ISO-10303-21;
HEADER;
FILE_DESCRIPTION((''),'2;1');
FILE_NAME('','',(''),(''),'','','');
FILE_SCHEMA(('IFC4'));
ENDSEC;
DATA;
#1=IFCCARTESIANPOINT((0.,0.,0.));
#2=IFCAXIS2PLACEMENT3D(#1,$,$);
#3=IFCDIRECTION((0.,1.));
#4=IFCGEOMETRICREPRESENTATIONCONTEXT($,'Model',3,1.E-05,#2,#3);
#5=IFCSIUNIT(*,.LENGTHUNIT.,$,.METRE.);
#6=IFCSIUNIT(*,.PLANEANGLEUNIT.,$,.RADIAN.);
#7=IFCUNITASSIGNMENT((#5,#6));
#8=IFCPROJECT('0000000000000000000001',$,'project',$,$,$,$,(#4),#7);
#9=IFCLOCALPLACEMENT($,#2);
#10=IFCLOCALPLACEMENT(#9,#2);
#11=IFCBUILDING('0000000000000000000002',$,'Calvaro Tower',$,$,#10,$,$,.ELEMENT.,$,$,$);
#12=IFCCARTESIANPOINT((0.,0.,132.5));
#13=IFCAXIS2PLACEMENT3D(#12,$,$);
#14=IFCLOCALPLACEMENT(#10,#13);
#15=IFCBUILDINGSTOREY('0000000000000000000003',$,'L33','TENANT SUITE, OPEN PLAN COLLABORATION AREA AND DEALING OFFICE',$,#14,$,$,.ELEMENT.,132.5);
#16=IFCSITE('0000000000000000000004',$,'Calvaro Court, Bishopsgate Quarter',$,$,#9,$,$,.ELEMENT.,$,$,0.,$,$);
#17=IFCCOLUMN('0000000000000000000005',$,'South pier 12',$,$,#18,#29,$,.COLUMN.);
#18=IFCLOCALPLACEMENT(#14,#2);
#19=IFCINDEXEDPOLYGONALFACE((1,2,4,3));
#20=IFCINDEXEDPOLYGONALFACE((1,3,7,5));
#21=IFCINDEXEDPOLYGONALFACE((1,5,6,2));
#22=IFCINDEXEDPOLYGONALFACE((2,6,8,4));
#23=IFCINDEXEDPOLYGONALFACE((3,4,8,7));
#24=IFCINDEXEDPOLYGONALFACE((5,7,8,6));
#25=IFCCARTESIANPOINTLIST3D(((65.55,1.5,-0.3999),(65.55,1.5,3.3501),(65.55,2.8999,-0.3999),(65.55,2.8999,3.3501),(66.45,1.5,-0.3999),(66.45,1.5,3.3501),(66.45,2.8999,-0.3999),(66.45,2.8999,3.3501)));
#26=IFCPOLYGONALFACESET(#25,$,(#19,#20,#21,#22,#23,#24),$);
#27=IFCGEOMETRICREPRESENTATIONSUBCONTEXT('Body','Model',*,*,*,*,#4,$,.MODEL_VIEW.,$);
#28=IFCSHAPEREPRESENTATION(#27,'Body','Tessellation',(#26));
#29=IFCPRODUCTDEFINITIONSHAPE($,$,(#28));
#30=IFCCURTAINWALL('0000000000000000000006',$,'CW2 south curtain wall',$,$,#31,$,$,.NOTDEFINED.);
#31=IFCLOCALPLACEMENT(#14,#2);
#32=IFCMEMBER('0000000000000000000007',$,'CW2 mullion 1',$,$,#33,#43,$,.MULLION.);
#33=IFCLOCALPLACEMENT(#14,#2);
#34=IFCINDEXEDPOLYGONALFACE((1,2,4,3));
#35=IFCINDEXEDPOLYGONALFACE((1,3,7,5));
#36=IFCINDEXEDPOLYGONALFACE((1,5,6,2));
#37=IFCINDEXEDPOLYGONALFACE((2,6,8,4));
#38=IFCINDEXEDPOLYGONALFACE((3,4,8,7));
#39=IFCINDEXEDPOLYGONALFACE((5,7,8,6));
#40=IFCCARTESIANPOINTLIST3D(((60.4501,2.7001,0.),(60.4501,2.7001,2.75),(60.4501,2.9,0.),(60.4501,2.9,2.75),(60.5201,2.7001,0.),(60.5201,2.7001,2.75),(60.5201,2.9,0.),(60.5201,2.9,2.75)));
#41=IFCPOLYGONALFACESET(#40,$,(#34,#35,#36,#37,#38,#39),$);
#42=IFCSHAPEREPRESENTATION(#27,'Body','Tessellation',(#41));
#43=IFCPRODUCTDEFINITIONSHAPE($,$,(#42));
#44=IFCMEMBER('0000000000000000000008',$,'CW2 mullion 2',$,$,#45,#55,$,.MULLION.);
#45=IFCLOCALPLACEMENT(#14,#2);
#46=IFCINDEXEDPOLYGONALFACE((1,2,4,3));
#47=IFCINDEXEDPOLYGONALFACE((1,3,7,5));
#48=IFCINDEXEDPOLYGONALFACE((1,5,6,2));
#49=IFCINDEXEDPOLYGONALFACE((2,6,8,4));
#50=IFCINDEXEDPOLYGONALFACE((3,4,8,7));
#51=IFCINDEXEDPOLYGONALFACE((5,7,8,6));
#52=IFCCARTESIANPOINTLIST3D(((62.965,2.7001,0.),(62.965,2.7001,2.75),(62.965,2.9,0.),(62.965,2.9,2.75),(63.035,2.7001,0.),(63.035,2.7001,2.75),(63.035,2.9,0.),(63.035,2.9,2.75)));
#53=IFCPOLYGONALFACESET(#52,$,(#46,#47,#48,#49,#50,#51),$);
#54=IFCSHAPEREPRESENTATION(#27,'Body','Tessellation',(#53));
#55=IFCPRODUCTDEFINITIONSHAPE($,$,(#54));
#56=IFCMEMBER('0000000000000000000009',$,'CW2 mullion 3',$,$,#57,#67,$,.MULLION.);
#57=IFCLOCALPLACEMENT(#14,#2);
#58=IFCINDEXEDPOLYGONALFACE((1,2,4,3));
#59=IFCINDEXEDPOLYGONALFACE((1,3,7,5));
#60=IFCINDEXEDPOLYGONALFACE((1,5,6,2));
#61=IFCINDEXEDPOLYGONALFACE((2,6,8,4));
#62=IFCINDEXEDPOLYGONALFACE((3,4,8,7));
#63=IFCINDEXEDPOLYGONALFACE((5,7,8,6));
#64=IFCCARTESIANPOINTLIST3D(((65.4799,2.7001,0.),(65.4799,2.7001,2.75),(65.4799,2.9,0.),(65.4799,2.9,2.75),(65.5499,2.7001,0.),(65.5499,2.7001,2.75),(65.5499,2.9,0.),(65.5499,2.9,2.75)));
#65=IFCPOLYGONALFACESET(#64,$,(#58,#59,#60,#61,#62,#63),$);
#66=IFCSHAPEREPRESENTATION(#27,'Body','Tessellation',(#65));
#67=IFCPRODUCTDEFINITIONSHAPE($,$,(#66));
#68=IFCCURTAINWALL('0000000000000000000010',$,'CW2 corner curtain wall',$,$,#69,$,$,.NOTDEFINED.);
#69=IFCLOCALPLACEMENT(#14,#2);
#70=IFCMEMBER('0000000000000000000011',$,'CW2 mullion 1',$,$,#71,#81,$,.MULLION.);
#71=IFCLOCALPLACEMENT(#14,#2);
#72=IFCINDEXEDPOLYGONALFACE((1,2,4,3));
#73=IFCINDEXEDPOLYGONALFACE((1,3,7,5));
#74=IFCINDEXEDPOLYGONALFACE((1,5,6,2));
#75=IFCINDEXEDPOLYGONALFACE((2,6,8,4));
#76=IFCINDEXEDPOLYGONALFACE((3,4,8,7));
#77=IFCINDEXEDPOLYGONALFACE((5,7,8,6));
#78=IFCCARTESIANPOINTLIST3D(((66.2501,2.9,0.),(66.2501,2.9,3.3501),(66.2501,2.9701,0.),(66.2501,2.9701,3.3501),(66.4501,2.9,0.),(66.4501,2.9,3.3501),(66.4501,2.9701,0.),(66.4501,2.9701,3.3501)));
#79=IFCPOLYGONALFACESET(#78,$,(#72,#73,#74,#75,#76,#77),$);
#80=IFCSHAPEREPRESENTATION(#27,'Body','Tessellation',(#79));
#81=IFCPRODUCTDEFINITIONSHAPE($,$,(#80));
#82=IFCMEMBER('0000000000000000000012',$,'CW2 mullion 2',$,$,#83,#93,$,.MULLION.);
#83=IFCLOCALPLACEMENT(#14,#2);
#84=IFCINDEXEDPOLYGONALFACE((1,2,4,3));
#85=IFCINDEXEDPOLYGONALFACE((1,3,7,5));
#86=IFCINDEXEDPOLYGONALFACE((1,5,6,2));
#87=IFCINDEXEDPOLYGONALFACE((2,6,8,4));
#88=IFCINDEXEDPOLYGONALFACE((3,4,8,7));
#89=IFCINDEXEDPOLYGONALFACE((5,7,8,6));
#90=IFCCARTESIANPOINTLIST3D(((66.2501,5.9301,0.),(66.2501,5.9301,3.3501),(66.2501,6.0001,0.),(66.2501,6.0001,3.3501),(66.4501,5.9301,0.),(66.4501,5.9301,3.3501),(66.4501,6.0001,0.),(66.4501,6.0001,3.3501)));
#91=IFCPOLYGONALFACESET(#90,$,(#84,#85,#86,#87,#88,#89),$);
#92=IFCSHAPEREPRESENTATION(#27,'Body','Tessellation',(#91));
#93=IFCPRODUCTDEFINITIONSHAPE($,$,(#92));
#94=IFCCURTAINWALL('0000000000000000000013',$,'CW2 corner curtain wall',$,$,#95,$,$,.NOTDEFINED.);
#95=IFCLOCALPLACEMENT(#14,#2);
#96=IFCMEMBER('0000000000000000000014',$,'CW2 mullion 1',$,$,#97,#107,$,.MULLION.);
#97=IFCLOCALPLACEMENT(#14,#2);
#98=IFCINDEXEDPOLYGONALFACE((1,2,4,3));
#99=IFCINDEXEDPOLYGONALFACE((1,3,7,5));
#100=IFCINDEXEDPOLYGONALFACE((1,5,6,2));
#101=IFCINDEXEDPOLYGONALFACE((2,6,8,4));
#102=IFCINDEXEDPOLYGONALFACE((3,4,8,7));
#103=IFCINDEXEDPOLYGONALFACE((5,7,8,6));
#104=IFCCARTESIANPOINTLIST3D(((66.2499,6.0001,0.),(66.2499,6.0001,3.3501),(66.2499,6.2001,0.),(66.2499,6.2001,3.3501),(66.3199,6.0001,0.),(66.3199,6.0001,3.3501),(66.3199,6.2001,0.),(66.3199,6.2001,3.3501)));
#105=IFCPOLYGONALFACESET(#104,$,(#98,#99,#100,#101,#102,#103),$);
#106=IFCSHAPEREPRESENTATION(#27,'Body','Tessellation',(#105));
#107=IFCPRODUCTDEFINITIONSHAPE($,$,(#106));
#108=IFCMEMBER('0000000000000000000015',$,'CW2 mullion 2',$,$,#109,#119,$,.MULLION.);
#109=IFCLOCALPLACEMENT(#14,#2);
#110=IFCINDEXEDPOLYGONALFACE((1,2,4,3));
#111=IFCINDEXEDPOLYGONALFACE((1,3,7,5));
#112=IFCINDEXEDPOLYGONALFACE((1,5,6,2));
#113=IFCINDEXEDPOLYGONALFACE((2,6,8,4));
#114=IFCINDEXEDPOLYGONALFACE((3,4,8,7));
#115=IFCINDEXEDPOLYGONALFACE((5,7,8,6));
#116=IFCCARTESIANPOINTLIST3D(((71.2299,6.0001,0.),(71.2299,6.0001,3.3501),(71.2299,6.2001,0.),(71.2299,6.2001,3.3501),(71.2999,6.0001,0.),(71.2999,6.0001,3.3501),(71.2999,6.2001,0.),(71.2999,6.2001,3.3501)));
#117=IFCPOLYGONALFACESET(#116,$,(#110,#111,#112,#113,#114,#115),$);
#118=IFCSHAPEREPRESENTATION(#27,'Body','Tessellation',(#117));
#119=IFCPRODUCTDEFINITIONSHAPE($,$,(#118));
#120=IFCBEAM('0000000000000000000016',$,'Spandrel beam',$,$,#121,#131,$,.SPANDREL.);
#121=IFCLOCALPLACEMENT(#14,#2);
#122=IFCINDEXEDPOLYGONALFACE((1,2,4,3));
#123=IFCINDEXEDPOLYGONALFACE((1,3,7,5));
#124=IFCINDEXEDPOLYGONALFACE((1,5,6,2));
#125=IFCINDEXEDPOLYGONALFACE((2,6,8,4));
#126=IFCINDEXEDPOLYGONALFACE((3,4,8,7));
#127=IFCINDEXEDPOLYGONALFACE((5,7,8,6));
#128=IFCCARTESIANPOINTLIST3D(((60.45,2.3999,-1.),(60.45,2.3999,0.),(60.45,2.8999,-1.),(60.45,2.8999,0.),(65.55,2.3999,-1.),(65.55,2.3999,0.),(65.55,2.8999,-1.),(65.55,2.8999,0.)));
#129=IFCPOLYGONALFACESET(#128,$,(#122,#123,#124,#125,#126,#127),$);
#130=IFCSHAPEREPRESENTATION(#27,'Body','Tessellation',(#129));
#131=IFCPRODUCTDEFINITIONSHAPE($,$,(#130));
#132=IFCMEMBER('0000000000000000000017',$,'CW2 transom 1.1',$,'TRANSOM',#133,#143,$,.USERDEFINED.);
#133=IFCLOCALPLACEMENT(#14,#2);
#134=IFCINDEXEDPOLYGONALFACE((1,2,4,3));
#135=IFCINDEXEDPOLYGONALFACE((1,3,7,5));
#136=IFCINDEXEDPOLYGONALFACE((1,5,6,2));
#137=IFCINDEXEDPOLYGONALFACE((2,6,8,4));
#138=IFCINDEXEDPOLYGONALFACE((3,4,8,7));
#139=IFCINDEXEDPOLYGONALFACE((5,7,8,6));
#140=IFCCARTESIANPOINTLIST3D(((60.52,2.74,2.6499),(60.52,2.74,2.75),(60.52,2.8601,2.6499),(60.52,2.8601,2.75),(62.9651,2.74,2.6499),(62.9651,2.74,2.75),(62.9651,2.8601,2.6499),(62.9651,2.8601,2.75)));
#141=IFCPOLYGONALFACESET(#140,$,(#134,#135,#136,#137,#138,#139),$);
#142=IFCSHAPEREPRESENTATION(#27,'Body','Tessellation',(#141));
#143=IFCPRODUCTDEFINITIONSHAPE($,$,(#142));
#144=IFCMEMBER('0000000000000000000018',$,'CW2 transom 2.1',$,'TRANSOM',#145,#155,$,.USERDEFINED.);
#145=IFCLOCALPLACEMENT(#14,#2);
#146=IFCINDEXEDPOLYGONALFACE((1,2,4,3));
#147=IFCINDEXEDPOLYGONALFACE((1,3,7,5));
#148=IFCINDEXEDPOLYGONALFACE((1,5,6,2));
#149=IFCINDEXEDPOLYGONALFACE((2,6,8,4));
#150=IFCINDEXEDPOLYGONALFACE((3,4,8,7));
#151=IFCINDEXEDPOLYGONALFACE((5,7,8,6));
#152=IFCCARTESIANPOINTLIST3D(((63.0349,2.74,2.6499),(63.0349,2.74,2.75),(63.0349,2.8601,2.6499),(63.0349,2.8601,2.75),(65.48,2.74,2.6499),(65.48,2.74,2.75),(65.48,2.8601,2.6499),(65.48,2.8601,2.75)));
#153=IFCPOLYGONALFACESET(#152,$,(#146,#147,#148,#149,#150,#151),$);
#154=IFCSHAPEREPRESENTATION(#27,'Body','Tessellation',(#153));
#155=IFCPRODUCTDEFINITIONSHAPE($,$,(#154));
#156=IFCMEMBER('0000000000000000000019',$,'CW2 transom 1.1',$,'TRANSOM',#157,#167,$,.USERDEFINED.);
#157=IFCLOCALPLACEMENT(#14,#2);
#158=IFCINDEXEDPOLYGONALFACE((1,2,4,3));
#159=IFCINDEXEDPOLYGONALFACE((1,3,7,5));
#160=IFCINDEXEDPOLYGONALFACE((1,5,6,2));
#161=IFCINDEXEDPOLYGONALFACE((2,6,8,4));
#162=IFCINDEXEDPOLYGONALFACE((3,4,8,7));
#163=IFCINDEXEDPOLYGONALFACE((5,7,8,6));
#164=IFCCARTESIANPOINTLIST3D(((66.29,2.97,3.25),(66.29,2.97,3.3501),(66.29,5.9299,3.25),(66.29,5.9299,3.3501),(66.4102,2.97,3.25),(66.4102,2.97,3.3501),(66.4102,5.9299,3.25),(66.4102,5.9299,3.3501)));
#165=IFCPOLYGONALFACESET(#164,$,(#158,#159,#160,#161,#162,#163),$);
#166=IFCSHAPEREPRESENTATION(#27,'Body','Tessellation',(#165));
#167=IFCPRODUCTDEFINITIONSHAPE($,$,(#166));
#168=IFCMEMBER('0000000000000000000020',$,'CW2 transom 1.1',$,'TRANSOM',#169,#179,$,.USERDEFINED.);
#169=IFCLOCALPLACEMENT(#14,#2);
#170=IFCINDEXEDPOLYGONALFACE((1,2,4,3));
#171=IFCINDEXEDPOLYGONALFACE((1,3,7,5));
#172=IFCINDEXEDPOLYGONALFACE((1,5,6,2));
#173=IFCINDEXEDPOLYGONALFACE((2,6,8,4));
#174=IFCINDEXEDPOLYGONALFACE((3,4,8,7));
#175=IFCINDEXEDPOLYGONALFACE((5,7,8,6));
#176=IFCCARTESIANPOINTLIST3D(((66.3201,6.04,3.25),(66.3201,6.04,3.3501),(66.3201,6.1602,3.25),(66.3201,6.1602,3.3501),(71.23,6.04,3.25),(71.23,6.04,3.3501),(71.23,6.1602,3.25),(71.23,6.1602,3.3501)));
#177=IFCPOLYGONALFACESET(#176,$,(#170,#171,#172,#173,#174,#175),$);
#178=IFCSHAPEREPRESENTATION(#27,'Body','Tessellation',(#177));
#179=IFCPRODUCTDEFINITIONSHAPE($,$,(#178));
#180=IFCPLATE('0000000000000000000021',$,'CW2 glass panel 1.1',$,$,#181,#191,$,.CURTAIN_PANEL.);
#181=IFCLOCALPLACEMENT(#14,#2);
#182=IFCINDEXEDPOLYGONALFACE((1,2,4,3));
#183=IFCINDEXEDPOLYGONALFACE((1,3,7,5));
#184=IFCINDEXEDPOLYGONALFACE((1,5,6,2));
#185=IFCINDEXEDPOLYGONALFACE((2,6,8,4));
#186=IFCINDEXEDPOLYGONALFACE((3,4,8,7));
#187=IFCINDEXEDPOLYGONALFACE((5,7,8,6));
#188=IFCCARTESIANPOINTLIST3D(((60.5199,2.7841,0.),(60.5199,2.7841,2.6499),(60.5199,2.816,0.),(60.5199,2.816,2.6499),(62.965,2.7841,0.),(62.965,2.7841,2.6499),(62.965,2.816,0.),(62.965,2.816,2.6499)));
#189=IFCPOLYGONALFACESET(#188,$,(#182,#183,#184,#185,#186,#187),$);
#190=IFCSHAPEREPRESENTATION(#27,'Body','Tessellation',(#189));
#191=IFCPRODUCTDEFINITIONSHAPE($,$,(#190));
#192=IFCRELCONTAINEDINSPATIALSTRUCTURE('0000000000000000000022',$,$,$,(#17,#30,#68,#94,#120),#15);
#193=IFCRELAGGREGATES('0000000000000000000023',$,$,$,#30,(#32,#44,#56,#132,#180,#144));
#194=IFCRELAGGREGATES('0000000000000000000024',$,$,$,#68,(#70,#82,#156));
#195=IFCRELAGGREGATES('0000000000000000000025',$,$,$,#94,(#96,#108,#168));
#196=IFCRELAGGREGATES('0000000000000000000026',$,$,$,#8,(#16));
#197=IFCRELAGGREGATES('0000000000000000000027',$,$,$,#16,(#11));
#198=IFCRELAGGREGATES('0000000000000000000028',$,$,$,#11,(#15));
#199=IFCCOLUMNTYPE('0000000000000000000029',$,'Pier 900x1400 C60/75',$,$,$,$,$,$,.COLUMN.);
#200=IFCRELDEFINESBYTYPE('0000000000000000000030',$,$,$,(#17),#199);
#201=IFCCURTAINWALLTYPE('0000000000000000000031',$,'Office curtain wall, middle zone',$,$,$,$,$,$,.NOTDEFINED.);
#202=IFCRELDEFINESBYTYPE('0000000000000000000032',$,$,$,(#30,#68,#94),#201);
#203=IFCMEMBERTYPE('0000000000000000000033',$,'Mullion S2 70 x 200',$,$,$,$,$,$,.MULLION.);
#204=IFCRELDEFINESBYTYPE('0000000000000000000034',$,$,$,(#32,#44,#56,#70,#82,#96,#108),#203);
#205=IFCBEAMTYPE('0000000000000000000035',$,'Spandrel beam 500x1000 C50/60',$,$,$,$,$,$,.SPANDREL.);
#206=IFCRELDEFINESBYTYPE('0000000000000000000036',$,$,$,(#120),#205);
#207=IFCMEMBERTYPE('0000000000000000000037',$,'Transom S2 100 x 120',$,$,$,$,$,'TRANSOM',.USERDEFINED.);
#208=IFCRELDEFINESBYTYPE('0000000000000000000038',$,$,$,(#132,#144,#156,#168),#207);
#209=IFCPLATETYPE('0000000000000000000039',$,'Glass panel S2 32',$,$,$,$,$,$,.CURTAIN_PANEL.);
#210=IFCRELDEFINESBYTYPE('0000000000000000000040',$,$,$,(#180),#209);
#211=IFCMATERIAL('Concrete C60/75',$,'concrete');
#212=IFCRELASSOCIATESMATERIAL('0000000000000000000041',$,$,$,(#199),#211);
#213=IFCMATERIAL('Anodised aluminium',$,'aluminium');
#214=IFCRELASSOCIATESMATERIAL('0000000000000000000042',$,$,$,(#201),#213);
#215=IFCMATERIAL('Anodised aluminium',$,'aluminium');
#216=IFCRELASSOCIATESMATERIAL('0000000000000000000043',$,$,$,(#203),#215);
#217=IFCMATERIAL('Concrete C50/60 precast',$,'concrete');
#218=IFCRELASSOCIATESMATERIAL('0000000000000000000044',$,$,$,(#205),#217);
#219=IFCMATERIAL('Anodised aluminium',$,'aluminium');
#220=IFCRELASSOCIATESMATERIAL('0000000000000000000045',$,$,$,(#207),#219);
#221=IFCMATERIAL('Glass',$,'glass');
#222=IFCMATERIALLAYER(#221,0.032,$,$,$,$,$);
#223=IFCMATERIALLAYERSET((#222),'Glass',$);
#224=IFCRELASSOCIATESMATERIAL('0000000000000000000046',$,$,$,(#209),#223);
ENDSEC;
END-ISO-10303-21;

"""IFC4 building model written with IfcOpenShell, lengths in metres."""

from ifc_helpers import new_model, si_unit, direction, frame, origin, origin_2d, place, context, subcontext, project, spatial, rectangle, extrude, material, layer, layer_set, material_profile, profile_set, type_object, element, aggregate, save


model = new_model("IFC4")

# Units and contexts
model_context = context("Model", 3, precision=1e-05, world=origin(), true_north=direction((0.0, 1.0)))
body_context = subcontext(model_context, "Body", "Model", "MODEL_VIEW")
ifc_project = project(units=[si_unit("LENGTHUNIT", "METRE"), si_unit("PLANEANGLEUNIT", "RADIAN")], contexts=[model_context])

# Site, building, storey
site_placement = place(None, origin())
site = spatial("IfcSite", under=ifc_project, at=site_placement, Name="Calvaro Court, Bishopsgate Quarter", CompositionType="ELEMENT", RefElevation=0.0)
building_placement = place(site_placement, origin())
building = spatial("IfcBuilding", under=site, at=building_placement, Name="Calvaro Tower", CompositionType="ELEMENT")
storey_placement = place(building_placement, frame((0.0, 0.0, 132.5)))
storey = spatial("IfcBuildingStorey", under=building, at=storey_placement, Name="L33", Description="TENANT SUITE, OPEN PLAN COLLABORATION AREA AND DEALING OFFICE", CompositionType="ELEMENT", Elevation=132.5)

# Column
ifc_material_1 = material(Name="Concrete C60/75", Category="concrete")
ifc_material_profile_1 = material_profile(ifc_material_1, rectangle(XDim=0.8999, YDim=1.3999, at=origin_2d()), Name="RC 900x1400")
ifc_profile_set_1 = profile_set([ifc_material_profile_1], Name="Concrete C60/75")
column_type = type_object("IfcColumnType", Name="Pier 900x1400 C60/75", PredefinedType="COLUMN", material=ifc_profile_set_1)
column_placement = place(storey_placement, frame((66.0, 2.2, -0.3999), z_axis=(0.0, 0.0, 1.0), x_axis=(1.0, 0.0, 0.0)))
element("IfcColumn", 1, at=column_placement, inside=storey, type_object=column_type, Name="South pier 12", PredefinedType="COLUMN", context=body_context, shape_type="SweptSolid", body=[
    extrude(rectangle(XDim=0.8999, YDim=1.3999, at=origin_2d()), origin(), (0.0, 0.0, 1.0), 3.75),
])

# Curtain walls, members
ifc_material_2 = material(Name="Anodised aluminium", Category="aluminium")
curtain_wall_type = type_object("IfcCurtainWallType", Name="Office curtain wall, middle zone", PredefinedType="NOTDEFINED", material=ifc_material_2)
curtain_wall_1_placement = place(storey_placement, origin())
curtain_wall_1 = element("IfcCurtainWall", 2, at=curtain_wall_1_placement, inside=storey, type_object=curtain_wall_type, Name="CW2 south curtain wall", PredefinedType="NOTDEFINED")
ifc_material_3 = material(Name="Anodised aluminium", Category="aluminium")
ifc_material_profile_2 = material_profile(ifc_material_3, rectangle(XDim=0.2, YDim=0.0701, at=origin_2d()), Name="Mullion S2 70 x 200")
ifc_profile_set_2 = profile_set([ifc_material_profile_2], Name="Anodised aluminium")
member_type_1 = type_object("IfcMemberType", Name="Mullion S2 70 x 200", PredefinedType="MULLION", material=ifc_profile_set_2)
member_1_placement = place(storey_placement, frame((60.4851, 2.8, 0.0), z_axis=(0.0, 0.0, 1.0), x_axis=(0.0, 1.0, 0.0)))
member_1 = element("IfcMember", 3, at=member_1_placement, type_object=member_type_1, Name="CW2 mullion 1", PredefinedType="MULLION", context=body_context, shape_type="SweptSolid", body=[
    extrude(rectangle(XDim=0.2, YDim=0.0701, at=origin_2d()), origin(), (0.0, 0.0, 1.0), 2.75),
])
member_2_placement = place(storey_placement, frame((63.0, 2.8, 0.0), z_axis=(0.0, 0.0, 1.0), x_axis=(0.0, 1.0, 0.0)))
member_2 = element("IfcMember", 4, at=member_2_placement, type_object=member_type_1, Name="CW2 mullion 2", PredefinedType="MULLION", context=body_context, shape_type="SweptSolid", body=[
    extrude(rectangle(XDim=0.2, YDim=0.0701, at=origin_2d()), origin(), (0.0, 0.0, 1.0), 2.75),
])
member_3_placement = place(storey_placement, frame((65.5149, 2.8, 0.0), z_axis=(0.0, 0.0, 1.0), x_axis=(0.0, 1.0, 0.0)))
member_3 = element("IfcMember", 5, at=member_3_placement, type_object=member_type_1, Name="CW2 mullion 3", PredefinedType="MULLION", context=body_context, shape_type="SweptSolid", body=[
    extrude(rectangle(XDim=0.2, YDim=0.0701, at=origin_2d()), origin(), (0.0, 0.0, 1.0), 2.75),
])
curtain_wall_2_placement = place(storey_placement, origin())
curtain_wall_2 = element("IfcCurtainWall", 6, at=curtain_wall_2_placement, inside=storey, type_object=curtain_wall_type, Name="CW2 corner curtain wall", PredefinedType="NOTDEFINED")
member_4_placement = place(storey_placement, frame((66.3501, 2.9351, 0.0), z_axis=(0.0, 0.0, 1.0), x_axis=(-1.0, 0.0, 0.0)))
member_4 = element("IfcMember", 7, at=member_4_placement, type_object=member_type_1, Name="CW2 mullion 1", PredefinedType="MULLION", context=body_context, shape_type="SweptSolid", body=[
    extrude(rectangle(XDim=0.2, YDim=0.0701, at=origin_2d()), origin(), (0.0, 0.0, 1.0), 3.3501),
])
member_5_placement = place(storey_placement, frame((66.3501, 5.9651, 0.0), z_axis=(0.0, 0.0, 1.0), x_axis=(-1.0, 0.0, 0.0)))
member_5 = element("IfcMember", 8, at=member_5_placement, type_object=member_type_1, Name="CW2 mullion 2", PredefinedType="MULLION", context=body_context, shape_type="SweptSolid", body=[
    extrude(rectangle(XDim=0.2, YDim=0.0701, at=origin_2d()), origin(), (0.0, 0.0, 1.0), 3.3501),
])
curtain_wall_3_placement = place(storey_placement, origin())
curtain_wall_3 = element("IfcCurtainWall", 9, at=curtain_wall_3_placement, inside=storey, type_object=curtain_wall_type, Name="CW2 corner curtain wall", PredefinedType="NOTDEFINED")
member_6_placement = place(storey_placement, frame((66.2849, 6.1001, 0.0), z_axis=(0.0, 0.0, 1.0), x_axis=(0.0, 1.0, 0.0)))
member_6 = element("IfcMember", 10, at=member_6_placement, type_object=member_type_1, Name="CW2 mullion 1", PredefinedType="MULLION", context=body_context, shape_type="SweptSolid", body=[
    extrude(rectangle(XDim=0.2, YDim=0.0701, at=origin_2d()), origin(), (0.0, 0.0, 1.0), 3.3501),
])
member_7_placement = place(storey_placement, frame((71.2649, 6.1001, 0.0), z_axis=(0.0, 0.0, 1.0), x_axis=(0.0, 1.0, 0.0)))
member_7 = element("IfcMember", 11, at=member_7_placement, type_object=member_type_1, Name="CW2 mullion 2", PredefinedType="MULLION", context=body_context, shape_type="SweptSolid", body=[
    extrude(rectangle(XDim=0.2, YDim=0.0701, at=origin_2d()), origin(), (0.0, 0.0, 1.0), 3.3501),
])

# Beam
ifc_material_4 = material(Name="Concrete C50/60 precast", Category="concrete")
ifc_material_profile_3 = material_profile(ifc_material_4, rectangle(XDim=0.5, YDim=1.0, at=origin_2d()), Name="RC 500x1000")
ifc_profile_set_3 = profile_set([ifc_material_profile_3], Name="Concrete C50/60 precast")
beam_type = type_object("IfcBeamType", Name="Spandrel beam 500x1000 C50/60", PredefinedType="SPANDREL", material=ifc_profile_set_3)
beam_placement = place(storey_placement, frame((60.45, 2.6499, -0.5), z_axis=(1.0, 0.0, 0.0), x_axis=(0.0, 1.0, 0.0)))
element("IfcBeam", 12, at=beam_placement, inside=storey, type_object=beam_type, Name="Spandrel beam", PredefinedType="SPANDREL", context=body_context, shape_type="SweptSolid", body=[
    extrude(rectangle(XDim=0.5, YDim=1.0, at=origin_2d()), origin(), (0.0, 0.0, 1.0), 5.1001),
])

# Members
ifc_material_5 = material(Name="Anodised aluminium", Category="aluminium")
ifc_material_profile_4 = material_profile(ifc_material_5, rectangle(XDim=0.1201, YDim=0.1001, at=origin_2d()), Name="Transom S2 100 x 120")
ifc_profile_set_4 = profile_set([ifc_material_profile_4], Name="Anodised aluminium")
member_type_2 = type_object("IfcMemberType", Name="Transom S2 100 x 120", ElementType="TRANSOM", PredefinedType="USERDEFINED", material=ifc_profile_set_4)
member_8_placement = place(storey_placement, frame((60.52, 2.8, 2.7), z_axis=(1.0, 0.0, 0.0), x_axis=(0.0, 1.0, 0.0)))
member_8 = element("IfcMember", 13, at=member_8_placement, type_object=member_type_2, Name="CW2 transom 1.1", ObjectType="TRANSOM", PredefinedType="USERDEFINED", context=body_context, shape_type="SweptSolid", body=[
    extrude(rectangle(XDim=0.1201, YDim=0.1001, at=origin_2d()), origin(), (0.0, 0.0, 1.0), 2.4451),
])
member_9_placement = place(storey_placement, frame((63.0349, 2.8, 2.7), z_axis=(1.0, 0.0, 0.0), x_axis=(0.0, 1.0, 0.0)))
member_9 = element("IfcMember", 14, at=member_9_placement, type_object=member_type_2, Name="CW2 transom 2.1", ObjectType="TRANSOM", PredefinedType="USERDEFINED", context=body_context, shape_type="SweptSolid", body=[
    extrude(rectangle(XDim=0.1201, YDim=0.1001, at=origin_2d()), origin(), (0.0, 0.0, 1.0), 2.4451),
])
member_10_placement = place(storey_placement, frame((66.3501, 2.97, 3.3), z_axis=(0.0, 1.0, 0.0), x_axis=(-1.0, 0.0, 0.0)))
member_10 = element("IfcMember", 15, at=member_10_placement, type_object=member_type_2, Name="CW2 transom 1.1", ObjectType="TRANSOM", PredefinedType="USERDEFINED", context=body_context, shape_type="SweptSolid", body=[
    extrude(rectangle(XDim=0.1201, YDim=0.1001, at=origin_2d()), origin(), (0.0, 0.0, 1.0), 2.96),
])
member_11_placement = place(storey_placement, frame((66.3201, 6.1001, 3.3), z_axis=(1.0, 0.0, 0.0), x_axis=(0.0, 1.0, 0.0)))
member_11 = element("IfcMember", 16, at=member_11_placement, type_object=member_type_2, Name="CW2 transom 1.1", ObjectType="TRANSOM", PredefinedType="USERDEFINED", context=body_context, shape_type="SweptSolid", body=[
    extrude(rectangle(XDim=0.1201, YDim=0.1001, at=origin_2d()), origin(), (0.0, 0.0, 1.0), 4.9099),
])

# Plate
ifc_material_6 = material(Name="Glass", Category="glass")
ifc_layer_1 = layer(ifc_material_6, 0.032)
ifc_layer_set_1 = layer_set([ifc_layer_1], Name="Glass")
plate_type = type_object("IfcPlateType", Name="Glass panel S2 32", PredefinedType="CURTAIN_PANEL", material=ifc_layer_set_1)
plate_1_placement = place(storey_placement, frame((61.7424, 2.8, 0.0), z_axis=(0.0, 0.0, 1.0), x_axis=(1.0, 0.0, 0.0)))
plate_1 = element("IfcPlate", 17, at=plate_1_placement, type_object=plate_type, Name="CW2 glass panel 1.1", PredefinedType="CURTAIN_PANEL", context=body_context, shape_type="SweptSolid", body=[
    extrude(rectangle(XDim=2.4451, YDim=0.032, at=origin_2d()), origin(), (0.0, 0.0, 1.0), 2.6499),
])
aggregate(curtain_wall_1, [member_1, member_2, member_3, member_8, plate_1, member_9])
aggregate(curtain_wall_2, [member_4, member_5, member_10])
aggregate(curtain_wall_3, [member_6, member_7, member_11])

save(model, "model.ifc")
